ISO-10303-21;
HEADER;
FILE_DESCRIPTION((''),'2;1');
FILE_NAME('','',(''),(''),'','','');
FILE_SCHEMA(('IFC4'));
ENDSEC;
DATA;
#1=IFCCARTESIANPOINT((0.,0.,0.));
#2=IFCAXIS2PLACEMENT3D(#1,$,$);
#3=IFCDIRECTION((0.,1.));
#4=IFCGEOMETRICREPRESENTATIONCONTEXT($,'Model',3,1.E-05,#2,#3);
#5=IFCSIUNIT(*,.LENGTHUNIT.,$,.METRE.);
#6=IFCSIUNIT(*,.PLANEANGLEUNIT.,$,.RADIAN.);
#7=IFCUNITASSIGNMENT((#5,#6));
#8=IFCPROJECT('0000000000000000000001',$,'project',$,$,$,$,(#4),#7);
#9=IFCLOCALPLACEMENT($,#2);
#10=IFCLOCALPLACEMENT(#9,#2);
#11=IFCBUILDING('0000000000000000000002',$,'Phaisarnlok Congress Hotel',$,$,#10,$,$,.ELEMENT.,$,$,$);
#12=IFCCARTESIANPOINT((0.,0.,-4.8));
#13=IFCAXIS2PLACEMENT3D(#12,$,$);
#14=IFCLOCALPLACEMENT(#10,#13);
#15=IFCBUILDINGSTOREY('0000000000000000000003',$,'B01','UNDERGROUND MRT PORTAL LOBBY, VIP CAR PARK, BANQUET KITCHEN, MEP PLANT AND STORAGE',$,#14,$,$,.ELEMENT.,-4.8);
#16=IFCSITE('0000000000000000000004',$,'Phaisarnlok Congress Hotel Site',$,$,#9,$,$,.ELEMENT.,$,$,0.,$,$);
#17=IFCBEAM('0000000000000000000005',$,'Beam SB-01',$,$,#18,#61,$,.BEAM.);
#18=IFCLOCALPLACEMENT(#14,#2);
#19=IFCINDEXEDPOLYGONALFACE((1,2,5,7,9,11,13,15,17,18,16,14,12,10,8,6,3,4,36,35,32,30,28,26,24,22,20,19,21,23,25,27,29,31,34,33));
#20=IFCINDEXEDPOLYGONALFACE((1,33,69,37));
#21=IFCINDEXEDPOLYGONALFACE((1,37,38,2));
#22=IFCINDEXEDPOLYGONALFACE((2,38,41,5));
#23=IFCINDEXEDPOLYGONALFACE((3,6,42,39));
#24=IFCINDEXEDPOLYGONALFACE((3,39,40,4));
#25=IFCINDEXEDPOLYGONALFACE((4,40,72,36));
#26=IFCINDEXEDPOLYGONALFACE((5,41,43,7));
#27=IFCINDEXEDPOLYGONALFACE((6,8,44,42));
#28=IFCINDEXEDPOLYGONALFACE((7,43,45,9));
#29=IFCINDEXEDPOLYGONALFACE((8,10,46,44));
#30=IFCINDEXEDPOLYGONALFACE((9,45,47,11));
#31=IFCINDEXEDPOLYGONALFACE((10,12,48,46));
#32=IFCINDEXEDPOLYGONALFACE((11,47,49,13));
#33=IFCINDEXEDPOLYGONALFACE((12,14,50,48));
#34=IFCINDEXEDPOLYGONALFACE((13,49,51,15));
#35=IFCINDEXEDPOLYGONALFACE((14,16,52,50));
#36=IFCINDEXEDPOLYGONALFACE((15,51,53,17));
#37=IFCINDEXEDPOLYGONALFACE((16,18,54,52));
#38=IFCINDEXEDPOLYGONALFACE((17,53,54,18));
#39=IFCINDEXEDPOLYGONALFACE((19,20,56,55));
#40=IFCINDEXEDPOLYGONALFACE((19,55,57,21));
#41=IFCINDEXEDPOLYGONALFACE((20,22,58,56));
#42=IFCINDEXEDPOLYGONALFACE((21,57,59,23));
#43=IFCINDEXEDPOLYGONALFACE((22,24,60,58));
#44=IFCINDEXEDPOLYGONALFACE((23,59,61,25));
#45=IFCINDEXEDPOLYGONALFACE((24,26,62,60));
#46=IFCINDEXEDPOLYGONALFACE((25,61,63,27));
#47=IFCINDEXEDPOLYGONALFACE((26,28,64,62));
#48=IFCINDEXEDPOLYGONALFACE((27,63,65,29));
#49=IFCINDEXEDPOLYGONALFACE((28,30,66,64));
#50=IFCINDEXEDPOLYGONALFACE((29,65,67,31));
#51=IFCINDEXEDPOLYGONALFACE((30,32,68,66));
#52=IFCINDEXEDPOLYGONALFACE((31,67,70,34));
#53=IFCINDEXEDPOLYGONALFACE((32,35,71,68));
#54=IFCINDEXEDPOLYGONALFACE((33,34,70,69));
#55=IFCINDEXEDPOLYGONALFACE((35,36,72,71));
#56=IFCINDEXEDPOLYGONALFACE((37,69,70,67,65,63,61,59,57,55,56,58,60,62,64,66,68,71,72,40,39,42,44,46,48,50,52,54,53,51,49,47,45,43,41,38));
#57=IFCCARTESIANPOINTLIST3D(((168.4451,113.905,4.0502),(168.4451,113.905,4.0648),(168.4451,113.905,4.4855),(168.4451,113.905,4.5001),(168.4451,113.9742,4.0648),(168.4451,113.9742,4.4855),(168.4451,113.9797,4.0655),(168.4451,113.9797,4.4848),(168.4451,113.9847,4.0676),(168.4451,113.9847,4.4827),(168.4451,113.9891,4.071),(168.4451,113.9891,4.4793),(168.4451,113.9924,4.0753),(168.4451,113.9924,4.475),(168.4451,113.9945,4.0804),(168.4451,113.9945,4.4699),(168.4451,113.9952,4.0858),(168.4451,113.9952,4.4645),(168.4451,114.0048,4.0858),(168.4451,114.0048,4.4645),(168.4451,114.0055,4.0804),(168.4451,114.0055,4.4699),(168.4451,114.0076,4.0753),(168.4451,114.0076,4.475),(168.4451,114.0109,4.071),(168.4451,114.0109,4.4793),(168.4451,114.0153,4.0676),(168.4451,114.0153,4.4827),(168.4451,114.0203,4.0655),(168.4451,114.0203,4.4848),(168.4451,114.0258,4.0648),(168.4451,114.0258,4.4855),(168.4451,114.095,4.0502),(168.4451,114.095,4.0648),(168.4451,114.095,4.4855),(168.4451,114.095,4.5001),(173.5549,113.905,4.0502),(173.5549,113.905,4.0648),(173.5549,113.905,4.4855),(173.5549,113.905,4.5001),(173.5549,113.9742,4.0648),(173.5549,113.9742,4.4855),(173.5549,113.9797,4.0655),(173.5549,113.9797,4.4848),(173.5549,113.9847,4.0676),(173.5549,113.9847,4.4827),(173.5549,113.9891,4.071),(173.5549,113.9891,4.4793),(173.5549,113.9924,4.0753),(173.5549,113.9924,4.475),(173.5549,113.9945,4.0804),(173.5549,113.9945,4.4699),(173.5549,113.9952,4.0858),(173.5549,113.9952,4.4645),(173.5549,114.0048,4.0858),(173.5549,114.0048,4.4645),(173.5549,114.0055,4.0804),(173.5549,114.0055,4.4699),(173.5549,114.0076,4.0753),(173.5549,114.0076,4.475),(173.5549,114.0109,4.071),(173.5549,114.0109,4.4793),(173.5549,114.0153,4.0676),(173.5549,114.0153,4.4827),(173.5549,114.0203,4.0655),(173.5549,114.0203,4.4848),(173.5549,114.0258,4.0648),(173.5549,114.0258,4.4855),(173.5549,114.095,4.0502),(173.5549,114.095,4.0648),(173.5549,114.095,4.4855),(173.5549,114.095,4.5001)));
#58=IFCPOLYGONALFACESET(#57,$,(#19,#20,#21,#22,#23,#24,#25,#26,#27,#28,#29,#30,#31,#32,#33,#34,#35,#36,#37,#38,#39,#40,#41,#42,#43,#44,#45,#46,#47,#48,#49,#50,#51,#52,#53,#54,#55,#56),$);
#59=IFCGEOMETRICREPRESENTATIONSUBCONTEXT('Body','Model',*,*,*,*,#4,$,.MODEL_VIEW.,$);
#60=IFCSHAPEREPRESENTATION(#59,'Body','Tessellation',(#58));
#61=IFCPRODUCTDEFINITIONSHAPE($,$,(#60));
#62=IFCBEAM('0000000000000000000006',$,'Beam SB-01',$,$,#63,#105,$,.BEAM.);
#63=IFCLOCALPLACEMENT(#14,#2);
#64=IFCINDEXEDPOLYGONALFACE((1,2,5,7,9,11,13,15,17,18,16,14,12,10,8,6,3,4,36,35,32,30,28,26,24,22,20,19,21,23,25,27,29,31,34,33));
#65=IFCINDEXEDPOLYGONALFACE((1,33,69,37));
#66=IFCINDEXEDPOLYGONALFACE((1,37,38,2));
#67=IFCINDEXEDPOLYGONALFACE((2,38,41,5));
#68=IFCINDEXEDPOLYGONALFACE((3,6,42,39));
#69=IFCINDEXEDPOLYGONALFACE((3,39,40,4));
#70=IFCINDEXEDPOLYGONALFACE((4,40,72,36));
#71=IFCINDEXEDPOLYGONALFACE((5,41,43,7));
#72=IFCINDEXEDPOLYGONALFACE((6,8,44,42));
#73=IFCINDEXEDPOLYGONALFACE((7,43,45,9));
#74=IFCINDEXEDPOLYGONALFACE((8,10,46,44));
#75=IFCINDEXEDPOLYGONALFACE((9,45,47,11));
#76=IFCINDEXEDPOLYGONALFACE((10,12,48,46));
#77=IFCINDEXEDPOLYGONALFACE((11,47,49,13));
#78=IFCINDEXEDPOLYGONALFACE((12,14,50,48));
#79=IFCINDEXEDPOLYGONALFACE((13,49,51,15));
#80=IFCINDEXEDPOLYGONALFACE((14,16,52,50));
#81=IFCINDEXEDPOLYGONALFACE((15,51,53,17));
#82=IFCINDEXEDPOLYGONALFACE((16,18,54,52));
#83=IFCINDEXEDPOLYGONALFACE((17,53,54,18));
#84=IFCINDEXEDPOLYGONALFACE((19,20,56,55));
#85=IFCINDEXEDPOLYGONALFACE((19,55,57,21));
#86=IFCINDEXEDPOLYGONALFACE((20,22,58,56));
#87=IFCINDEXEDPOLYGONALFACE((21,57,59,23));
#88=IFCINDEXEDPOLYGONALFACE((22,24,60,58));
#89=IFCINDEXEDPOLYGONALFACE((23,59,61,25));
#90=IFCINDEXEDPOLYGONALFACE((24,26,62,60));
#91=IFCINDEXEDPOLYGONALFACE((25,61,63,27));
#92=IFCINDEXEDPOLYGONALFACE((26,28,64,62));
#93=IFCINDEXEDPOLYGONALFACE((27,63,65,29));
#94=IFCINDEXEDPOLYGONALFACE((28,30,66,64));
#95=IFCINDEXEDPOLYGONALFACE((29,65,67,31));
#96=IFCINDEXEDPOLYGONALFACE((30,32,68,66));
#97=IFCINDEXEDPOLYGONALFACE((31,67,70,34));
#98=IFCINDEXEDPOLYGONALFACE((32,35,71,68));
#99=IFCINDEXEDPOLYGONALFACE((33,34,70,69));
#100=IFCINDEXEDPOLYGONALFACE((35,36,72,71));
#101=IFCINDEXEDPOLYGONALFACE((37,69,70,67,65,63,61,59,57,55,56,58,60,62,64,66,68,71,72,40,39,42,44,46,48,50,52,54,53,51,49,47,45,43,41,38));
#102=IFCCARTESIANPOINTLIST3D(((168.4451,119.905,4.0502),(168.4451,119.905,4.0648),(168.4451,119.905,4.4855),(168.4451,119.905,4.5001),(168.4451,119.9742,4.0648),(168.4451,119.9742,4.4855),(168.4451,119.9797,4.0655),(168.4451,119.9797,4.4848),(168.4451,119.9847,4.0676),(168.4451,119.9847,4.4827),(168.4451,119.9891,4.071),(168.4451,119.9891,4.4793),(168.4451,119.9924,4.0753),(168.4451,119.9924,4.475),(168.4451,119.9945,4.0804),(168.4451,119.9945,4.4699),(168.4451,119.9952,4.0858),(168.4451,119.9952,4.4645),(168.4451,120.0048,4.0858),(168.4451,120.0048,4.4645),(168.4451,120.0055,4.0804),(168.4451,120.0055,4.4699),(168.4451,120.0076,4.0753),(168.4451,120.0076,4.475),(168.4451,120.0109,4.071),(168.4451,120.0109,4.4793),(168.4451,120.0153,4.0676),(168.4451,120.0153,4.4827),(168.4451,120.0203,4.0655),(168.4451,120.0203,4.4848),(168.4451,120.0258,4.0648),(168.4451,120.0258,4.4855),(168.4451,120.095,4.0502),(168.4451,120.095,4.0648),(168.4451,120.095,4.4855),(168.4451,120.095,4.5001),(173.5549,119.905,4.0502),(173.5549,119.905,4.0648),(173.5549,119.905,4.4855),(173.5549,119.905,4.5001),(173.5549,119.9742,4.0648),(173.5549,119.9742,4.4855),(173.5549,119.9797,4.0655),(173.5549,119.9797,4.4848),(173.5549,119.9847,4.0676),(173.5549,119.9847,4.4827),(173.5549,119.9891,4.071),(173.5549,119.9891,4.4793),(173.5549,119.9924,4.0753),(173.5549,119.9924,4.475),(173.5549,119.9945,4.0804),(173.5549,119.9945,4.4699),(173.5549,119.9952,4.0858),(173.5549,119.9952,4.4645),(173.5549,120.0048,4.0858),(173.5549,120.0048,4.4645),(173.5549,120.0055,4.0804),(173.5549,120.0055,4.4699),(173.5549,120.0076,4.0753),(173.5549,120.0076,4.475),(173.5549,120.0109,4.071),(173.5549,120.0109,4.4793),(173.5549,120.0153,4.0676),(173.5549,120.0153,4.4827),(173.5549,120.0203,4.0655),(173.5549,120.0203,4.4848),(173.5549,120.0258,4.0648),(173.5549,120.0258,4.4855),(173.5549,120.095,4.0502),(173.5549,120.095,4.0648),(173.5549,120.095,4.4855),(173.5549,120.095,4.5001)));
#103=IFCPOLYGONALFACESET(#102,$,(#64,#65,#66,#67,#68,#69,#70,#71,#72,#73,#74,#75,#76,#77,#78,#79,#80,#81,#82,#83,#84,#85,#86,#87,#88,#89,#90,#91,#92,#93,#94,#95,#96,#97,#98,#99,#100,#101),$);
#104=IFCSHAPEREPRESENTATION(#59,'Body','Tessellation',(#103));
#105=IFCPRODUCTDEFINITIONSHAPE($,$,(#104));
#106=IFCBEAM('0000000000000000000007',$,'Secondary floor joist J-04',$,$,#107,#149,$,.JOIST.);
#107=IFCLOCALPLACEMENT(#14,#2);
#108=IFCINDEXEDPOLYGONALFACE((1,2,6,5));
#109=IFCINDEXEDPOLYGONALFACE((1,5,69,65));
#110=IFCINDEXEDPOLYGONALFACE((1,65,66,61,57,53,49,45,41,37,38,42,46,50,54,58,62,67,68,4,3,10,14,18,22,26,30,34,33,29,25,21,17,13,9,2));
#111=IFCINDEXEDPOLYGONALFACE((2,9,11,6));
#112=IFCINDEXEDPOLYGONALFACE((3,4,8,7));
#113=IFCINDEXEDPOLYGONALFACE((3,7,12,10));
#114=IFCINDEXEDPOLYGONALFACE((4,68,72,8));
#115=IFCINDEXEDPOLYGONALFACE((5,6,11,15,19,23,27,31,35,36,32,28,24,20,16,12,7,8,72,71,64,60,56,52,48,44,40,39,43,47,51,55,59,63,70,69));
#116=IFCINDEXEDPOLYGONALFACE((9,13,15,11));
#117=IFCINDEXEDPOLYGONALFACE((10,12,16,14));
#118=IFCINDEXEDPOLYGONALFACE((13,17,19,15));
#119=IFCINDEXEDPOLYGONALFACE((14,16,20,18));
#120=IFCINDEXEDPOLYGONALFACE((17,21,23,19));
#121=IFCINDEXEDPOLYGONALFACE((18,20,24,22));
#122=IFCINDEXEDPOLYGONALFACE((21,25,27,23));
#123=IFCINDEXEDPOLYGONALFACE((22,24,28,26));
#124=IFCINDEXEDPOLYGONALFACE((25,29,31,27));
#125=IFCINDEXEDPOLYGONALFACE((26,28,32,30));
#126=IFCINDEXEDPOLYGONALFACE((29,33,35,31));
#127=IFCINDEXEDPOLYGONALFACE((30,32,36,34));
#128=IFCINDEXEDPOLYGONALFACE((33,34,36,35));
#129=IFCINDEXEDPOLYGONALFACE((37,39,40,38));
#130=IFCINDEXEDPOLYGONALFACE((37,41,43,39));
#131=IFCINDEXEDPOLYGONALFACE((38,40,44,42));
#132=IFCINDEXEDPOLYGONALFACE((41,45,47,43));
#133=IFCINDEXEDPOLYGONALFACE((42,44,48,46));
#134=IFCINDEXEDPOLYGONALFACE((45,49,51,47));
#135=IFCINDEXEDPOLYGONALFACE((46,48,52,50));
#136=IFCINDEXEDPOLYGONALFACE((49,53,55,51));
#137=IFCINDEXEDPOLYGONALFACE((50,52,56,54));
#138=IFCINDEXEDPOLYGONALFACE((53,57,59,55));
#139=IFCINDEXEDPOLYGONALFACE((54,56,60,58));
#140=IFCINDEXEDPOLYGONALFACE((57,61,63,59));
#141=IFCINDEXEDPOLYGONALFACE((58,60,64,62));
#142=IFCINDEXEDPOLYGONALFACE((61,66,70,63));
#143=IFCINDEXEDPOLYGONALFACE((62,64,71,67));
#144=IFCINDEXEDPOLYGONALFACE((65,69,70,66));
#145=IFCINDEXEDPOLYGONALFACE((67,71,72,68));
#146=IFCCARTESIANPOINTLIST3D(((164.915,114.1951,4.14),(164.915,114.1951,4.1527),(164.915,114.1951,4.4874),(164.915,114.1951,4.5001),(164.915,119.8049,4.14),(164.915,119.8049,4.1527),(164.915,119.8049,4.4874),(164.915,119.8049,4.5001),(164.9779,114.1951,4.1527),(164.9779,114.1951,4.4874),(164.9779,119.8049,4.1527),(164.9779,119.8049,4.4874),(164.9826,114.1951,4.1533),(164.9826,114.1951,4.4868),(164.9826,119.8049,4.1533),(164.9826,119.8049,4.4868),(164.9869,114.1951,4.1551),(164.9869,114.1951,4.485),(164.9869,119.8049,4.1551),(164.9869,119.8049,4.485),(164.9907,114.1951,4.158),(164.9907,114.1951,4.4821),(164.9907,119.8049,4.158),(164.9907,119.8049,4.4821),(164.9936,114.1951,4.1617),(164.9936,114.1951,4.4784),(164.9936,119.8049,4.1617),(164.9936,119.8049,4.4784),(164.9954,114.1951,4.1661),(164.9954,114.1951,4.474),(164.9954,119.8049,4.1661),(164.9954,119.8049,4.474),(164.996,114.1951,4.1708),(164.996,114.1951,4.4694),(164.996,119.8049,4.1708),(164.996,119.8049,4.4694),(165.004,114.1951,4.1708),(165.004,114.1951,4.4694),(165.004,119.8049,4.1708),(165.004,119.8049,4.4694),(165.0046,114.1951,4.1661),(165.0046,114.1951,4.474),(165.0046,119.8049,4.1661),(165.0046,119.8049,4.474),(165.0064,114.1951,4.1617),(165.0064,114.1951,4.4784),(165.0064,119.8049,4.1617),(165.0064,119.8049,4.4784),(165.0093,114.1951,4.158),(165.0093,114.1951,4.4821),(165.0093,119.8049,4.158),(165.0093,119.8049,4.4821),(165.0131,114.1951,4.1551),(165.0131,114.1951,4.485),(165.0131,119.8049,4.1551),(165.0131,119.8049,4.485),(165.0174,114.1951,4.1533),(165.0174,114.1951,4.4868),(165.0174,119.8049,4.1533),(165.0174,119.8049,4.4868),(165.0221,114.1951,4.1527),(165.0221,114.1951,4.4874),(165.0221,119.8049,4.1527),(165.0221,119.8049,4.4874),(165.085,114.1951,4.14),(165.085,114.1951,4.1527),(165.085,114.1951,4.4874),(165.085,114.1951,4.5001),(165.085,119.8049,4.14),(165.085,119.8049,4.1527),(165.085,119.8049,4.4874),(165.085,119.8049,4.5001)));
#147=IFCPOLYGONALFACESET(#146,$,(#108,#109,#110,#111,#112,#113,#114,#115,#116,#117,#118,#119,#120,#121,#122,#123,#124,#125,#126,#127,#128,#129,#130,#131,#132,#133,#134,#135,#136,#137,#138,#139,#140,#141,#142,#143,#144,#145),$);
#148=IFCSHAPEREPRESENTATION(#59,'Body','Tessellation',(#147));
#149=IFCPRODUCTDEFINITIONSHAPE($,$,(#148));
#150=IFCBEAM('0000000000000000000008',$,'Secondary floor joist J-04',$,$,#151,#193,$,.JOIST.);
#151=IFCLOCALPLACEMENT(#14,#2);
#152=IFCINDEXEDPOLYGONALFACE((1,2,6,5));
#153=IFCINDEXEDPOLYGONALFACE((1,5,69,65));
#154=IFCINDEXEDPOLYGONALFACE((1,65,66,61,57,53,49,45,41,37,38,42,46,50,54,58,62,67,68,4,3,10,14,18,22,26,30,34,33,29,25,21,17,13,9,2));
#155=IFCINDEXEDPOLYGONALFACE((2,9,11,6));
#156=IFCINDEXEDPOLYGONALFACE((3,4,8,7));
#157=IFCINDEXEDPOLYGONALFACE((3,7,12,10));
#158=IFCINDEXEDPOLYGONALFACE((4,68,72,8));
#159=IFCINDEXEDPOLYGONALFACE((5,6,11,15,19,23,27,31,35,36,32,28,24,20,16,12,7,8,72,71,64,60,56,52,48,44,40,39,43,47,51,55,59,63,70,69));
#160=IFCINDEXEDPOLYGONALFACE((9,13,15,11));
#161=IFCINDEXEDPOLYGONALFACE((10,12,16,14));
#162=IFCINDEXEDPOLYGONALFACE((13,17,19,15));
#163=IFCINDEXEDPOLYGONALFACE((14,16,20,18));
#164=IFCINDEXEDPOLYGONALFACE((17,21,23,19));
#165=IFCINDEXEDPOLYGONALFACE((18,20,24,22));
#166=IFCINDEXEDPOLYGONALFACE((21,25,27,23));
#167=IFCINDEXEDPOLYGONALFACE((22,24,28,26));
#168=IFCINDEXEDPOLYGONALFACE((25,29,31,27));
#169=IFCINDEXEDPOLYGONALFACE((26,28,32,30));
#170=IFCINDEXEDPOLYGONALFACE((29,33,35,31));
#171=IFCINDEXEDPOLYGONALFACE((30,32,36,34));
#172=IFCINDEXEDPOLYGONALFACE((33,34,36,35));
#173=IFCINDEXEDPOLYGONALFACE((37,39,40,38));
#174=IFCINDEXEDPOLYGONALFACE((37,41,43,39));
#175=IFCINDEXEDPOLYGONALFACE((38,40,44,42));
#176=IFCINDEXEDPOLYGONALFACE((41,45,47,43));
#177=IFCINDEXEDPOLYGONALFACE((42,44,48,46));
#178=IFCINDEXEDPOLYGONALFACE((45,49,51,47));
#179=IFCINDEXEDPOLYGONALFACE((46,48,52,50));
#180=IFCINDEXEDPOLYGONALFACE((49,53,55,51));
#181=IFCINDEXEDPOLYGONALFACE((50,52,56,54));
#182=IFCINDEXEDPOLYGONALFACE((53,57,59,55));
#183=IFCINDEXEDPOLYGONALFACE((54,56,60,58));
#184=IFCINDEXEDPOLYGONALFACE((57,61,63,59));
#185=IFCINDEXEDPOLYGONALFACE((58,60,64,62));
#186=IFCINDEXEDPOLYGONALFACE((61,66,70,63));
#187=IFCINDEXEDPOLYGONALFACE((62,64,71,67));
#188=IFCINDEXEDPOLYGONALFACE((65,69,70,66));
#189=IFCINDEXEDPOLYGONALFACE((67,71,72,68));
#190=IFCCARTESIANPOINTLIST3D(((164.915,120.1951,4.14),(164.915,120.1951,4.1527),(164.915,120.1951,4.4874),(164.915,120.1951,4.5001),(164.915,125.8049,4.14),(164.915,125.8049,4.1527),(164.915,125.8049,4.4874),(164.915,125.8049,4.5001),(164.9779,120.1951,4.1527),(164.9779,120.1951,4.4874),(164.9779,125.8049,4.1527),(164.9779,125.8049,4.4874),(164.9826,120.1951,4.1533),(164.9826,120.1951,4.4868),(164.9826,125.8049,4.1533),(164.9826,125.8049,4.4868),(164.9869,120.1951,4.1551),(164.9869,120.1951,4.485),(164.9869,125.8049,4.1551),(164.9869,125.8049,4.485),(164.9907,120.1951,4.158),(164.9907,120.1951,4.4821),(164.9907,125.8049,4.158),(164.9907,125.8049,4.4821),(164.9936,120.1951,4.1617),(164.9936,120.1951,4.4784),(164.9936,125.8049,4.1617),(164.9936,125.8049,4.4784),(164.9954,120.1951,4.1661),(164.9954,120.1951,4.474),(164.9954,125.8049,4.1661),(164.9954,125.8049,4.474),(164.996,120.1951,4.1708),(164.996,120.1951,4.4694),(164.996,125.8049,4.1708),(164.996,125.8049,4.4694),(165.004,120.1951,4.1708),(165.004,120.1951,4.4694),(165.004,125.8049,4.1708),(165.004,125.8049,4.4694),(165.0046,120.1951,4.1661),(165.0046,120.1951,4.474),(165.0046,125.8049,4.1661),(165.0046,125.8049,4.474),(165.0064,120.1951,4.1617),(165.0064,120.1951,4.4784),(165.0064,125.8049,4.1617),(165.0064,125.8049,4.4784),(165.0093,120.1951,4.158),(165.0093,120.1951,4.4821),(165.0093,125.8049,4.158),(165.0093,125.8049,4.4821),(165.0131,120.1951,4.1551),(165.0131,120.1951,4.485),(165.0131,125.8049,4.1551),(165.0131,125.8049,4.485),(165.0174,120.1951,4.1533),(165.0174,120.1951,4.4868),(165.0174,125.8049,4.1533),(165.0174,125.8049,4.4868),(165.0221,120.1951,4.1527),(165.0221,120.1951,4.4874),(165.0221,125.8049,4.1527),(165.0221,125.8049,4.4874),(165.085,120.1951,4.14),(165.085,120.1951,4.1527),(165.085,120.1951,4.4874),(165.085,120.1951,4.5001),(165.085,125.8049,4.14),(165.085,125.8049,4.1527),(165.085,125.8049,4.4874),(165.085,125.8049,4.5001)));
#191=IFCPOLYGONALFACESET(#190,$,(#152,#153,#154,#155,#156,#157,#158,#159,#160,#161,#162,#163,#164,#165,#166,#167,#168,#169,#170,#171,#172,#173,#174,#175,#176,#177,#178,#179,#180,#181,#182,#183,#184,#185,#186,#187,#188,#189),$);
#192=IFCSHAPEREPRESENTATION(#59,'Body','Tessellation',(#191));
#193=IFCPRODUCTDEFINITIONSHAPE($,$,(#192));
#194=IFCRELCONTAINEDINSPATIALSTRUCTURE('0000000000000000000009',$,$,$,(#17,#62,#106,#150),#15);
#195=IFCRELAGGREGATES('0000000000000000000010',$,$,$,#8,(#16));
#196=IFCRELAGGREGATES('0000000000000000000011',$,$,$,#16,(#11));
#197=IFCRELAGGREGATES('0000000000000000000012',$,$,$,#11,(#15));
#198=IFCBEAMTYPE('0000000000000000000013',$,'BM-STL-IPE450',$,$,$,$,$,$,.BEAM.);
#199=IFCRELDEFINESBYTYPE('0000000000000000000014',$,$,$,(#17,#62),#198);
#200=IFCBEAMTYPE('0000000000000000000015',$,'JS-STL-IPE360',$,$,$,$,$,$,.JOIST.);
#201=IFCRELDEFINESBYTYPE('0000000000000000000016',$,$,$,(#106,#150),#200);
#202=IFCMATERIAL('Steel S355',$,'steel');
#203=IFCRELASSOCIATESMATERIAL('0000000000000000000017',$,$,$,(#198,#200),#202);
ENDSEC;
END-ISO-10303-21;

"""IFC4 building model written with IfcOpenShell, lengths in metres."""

from ifc_helpers import new_model, si_unit, direction, frame, origin, origin_2d, place, context, subcontext, project, spatial, i_section, extrude, material, material_profile, profile_set, type_object, element, save


model = new_model("IFC4")

# Units and contexts
model_context = context("Model", 3, precision=1e-05, world=origin(), true_north=direction((0.0, 1.0)))
body_context = subcontext(model_context, "Body", "Model", "MODEL_VIEW")
ifc_project = project(units=[si_unit("LENGTHUNIT", "METRE"), si_unit("PLANEANGLEUNIT", "RADIAN")], contexts=[model_context])

# Site, building, storey
site_placement = place(None, origin())
site = spatial("IfcSite", under=ifc_project, at=site_placement, Name="Phaisarnlok Congress Hotel Site", CompositionType="ELEMENT", RefElevation=0.0)
building_placement = place(site_placement, origin())
building = spatial("IfcBuilding", under=site, at=building_placement, Name="Phaisarnlok Congress Hotel", CompositionType="ELEMENT")
storey_placement = place(building_placement, frame((0.0, 0.0, -4.8)))
storey = spatial("IfcBuildingStorey", under=building, at=storey_placement, Name="B01", Description="UNDERGROUND MRT PORTAL LOBBY, VIP CAR PARK, BANQUET KITCHEN, MEP PLANT AND STORAGE", CompositionType="ELEMENT", Elevation=-4.8)

# Beams
ifc_material_1 = material(Name="Steel S355", Category="steel")
ifc_material_profile_1 = material_profile(ifc_material_1, i_section(OverallWidth=0.1899, OverallDepth=0.45, WebThickness=0.0095, FlangeThickness=0.0146, FilletRadius=0.021, at=origin_2d()), Name="IPE 450")
ifc_profile_set_1 = profile_set([ifc_material_profile_1], Name="Steel S355")
beam_type_1 = type_object("IfcBeamType", Name="BM-STL-IPE450", PredefinedType="BEAM", material=ifc_profile_set_1)
for number, where, z_axis, x_axis, name in (
    (1, (168.4451, 114.0, 4.2751), (1.0, 0.0, 0.0), (0.0, 1.0, 0.0), "Beam SB-01"),
    (2, (168.4451, 120.0, 4.2751), (1.0, 0.0, 0.0), (0.0, 1.0, 0.0), "Beam SB-01"),
):
    element("IfcBeam", number, at=place(storey_placement, frame(where, z_axis=z_axis, x_axis=x_axis)), inside=storey, type_object=beam_type_1, Name=name, PredefinedType="BEAM", context=body_context, shape_type="SweptSolid", body=[
        extrude(i_section(OverallWidth=0.1899, OverallDepth=0.45, WebThickness=0.0095, FlangeThickness=0.0146, FilletRadius=0.021, at=origin_2d()), origin(), (0.0, 0.0, 1.0), 5.1099),
    ])
ifc_material_profile_2 = material_profile(ifc_material_1, i_section(OverallWidth=0.1699, OverallDepth=0.3601, WebThickness=0.0081, FlangeThickness=0.0127, FilletRadius=0.0181, at=origin_2d()), Name="IPE 360")
ifc_profile_set_2 = profile_set([ifc_material_profile_2], Name="Steel S355")
beam_type_2 = type_object("IfcBeamType", Name="JS-STL-IPE360", PredefinedType="JOIST", material=ifc_profile_set_2)
for number, where, z_axis, x_axis, name in (
    (3, (165.0, 114.1951, 4.3201), (0.0, 1.0, 0.0), (-1.0, 0.0, 0.0), "Secondary floor joist J-04"),
    (4, (165.0, 120.1951, 4.3201), (0.0, 1.0, 0.0), (-1.0, 0.0, 0.0), "Secondary floor joist J-04"),
):
    element("IfcBeam", number, at=place(storey_placement, frame(where, z_axis=z_axis, x_axis=x_axis)), inside=storey, type_object=beam_type_2, Name=name, PredefinedType="JOIST", context=body_context, shape_type="SweptSolid", body=[
        extrude(i_section(OverallWidth=0.1699, OverallDepth=0.3601, WebThickness=0.0081, FlangeThickness=0.0127, FilletRadius=0.0181, at=origin_2d()), origin(), (0.0, 0.0, 1.0), 5.6099),
    ])

save(model, "model.ifc")
